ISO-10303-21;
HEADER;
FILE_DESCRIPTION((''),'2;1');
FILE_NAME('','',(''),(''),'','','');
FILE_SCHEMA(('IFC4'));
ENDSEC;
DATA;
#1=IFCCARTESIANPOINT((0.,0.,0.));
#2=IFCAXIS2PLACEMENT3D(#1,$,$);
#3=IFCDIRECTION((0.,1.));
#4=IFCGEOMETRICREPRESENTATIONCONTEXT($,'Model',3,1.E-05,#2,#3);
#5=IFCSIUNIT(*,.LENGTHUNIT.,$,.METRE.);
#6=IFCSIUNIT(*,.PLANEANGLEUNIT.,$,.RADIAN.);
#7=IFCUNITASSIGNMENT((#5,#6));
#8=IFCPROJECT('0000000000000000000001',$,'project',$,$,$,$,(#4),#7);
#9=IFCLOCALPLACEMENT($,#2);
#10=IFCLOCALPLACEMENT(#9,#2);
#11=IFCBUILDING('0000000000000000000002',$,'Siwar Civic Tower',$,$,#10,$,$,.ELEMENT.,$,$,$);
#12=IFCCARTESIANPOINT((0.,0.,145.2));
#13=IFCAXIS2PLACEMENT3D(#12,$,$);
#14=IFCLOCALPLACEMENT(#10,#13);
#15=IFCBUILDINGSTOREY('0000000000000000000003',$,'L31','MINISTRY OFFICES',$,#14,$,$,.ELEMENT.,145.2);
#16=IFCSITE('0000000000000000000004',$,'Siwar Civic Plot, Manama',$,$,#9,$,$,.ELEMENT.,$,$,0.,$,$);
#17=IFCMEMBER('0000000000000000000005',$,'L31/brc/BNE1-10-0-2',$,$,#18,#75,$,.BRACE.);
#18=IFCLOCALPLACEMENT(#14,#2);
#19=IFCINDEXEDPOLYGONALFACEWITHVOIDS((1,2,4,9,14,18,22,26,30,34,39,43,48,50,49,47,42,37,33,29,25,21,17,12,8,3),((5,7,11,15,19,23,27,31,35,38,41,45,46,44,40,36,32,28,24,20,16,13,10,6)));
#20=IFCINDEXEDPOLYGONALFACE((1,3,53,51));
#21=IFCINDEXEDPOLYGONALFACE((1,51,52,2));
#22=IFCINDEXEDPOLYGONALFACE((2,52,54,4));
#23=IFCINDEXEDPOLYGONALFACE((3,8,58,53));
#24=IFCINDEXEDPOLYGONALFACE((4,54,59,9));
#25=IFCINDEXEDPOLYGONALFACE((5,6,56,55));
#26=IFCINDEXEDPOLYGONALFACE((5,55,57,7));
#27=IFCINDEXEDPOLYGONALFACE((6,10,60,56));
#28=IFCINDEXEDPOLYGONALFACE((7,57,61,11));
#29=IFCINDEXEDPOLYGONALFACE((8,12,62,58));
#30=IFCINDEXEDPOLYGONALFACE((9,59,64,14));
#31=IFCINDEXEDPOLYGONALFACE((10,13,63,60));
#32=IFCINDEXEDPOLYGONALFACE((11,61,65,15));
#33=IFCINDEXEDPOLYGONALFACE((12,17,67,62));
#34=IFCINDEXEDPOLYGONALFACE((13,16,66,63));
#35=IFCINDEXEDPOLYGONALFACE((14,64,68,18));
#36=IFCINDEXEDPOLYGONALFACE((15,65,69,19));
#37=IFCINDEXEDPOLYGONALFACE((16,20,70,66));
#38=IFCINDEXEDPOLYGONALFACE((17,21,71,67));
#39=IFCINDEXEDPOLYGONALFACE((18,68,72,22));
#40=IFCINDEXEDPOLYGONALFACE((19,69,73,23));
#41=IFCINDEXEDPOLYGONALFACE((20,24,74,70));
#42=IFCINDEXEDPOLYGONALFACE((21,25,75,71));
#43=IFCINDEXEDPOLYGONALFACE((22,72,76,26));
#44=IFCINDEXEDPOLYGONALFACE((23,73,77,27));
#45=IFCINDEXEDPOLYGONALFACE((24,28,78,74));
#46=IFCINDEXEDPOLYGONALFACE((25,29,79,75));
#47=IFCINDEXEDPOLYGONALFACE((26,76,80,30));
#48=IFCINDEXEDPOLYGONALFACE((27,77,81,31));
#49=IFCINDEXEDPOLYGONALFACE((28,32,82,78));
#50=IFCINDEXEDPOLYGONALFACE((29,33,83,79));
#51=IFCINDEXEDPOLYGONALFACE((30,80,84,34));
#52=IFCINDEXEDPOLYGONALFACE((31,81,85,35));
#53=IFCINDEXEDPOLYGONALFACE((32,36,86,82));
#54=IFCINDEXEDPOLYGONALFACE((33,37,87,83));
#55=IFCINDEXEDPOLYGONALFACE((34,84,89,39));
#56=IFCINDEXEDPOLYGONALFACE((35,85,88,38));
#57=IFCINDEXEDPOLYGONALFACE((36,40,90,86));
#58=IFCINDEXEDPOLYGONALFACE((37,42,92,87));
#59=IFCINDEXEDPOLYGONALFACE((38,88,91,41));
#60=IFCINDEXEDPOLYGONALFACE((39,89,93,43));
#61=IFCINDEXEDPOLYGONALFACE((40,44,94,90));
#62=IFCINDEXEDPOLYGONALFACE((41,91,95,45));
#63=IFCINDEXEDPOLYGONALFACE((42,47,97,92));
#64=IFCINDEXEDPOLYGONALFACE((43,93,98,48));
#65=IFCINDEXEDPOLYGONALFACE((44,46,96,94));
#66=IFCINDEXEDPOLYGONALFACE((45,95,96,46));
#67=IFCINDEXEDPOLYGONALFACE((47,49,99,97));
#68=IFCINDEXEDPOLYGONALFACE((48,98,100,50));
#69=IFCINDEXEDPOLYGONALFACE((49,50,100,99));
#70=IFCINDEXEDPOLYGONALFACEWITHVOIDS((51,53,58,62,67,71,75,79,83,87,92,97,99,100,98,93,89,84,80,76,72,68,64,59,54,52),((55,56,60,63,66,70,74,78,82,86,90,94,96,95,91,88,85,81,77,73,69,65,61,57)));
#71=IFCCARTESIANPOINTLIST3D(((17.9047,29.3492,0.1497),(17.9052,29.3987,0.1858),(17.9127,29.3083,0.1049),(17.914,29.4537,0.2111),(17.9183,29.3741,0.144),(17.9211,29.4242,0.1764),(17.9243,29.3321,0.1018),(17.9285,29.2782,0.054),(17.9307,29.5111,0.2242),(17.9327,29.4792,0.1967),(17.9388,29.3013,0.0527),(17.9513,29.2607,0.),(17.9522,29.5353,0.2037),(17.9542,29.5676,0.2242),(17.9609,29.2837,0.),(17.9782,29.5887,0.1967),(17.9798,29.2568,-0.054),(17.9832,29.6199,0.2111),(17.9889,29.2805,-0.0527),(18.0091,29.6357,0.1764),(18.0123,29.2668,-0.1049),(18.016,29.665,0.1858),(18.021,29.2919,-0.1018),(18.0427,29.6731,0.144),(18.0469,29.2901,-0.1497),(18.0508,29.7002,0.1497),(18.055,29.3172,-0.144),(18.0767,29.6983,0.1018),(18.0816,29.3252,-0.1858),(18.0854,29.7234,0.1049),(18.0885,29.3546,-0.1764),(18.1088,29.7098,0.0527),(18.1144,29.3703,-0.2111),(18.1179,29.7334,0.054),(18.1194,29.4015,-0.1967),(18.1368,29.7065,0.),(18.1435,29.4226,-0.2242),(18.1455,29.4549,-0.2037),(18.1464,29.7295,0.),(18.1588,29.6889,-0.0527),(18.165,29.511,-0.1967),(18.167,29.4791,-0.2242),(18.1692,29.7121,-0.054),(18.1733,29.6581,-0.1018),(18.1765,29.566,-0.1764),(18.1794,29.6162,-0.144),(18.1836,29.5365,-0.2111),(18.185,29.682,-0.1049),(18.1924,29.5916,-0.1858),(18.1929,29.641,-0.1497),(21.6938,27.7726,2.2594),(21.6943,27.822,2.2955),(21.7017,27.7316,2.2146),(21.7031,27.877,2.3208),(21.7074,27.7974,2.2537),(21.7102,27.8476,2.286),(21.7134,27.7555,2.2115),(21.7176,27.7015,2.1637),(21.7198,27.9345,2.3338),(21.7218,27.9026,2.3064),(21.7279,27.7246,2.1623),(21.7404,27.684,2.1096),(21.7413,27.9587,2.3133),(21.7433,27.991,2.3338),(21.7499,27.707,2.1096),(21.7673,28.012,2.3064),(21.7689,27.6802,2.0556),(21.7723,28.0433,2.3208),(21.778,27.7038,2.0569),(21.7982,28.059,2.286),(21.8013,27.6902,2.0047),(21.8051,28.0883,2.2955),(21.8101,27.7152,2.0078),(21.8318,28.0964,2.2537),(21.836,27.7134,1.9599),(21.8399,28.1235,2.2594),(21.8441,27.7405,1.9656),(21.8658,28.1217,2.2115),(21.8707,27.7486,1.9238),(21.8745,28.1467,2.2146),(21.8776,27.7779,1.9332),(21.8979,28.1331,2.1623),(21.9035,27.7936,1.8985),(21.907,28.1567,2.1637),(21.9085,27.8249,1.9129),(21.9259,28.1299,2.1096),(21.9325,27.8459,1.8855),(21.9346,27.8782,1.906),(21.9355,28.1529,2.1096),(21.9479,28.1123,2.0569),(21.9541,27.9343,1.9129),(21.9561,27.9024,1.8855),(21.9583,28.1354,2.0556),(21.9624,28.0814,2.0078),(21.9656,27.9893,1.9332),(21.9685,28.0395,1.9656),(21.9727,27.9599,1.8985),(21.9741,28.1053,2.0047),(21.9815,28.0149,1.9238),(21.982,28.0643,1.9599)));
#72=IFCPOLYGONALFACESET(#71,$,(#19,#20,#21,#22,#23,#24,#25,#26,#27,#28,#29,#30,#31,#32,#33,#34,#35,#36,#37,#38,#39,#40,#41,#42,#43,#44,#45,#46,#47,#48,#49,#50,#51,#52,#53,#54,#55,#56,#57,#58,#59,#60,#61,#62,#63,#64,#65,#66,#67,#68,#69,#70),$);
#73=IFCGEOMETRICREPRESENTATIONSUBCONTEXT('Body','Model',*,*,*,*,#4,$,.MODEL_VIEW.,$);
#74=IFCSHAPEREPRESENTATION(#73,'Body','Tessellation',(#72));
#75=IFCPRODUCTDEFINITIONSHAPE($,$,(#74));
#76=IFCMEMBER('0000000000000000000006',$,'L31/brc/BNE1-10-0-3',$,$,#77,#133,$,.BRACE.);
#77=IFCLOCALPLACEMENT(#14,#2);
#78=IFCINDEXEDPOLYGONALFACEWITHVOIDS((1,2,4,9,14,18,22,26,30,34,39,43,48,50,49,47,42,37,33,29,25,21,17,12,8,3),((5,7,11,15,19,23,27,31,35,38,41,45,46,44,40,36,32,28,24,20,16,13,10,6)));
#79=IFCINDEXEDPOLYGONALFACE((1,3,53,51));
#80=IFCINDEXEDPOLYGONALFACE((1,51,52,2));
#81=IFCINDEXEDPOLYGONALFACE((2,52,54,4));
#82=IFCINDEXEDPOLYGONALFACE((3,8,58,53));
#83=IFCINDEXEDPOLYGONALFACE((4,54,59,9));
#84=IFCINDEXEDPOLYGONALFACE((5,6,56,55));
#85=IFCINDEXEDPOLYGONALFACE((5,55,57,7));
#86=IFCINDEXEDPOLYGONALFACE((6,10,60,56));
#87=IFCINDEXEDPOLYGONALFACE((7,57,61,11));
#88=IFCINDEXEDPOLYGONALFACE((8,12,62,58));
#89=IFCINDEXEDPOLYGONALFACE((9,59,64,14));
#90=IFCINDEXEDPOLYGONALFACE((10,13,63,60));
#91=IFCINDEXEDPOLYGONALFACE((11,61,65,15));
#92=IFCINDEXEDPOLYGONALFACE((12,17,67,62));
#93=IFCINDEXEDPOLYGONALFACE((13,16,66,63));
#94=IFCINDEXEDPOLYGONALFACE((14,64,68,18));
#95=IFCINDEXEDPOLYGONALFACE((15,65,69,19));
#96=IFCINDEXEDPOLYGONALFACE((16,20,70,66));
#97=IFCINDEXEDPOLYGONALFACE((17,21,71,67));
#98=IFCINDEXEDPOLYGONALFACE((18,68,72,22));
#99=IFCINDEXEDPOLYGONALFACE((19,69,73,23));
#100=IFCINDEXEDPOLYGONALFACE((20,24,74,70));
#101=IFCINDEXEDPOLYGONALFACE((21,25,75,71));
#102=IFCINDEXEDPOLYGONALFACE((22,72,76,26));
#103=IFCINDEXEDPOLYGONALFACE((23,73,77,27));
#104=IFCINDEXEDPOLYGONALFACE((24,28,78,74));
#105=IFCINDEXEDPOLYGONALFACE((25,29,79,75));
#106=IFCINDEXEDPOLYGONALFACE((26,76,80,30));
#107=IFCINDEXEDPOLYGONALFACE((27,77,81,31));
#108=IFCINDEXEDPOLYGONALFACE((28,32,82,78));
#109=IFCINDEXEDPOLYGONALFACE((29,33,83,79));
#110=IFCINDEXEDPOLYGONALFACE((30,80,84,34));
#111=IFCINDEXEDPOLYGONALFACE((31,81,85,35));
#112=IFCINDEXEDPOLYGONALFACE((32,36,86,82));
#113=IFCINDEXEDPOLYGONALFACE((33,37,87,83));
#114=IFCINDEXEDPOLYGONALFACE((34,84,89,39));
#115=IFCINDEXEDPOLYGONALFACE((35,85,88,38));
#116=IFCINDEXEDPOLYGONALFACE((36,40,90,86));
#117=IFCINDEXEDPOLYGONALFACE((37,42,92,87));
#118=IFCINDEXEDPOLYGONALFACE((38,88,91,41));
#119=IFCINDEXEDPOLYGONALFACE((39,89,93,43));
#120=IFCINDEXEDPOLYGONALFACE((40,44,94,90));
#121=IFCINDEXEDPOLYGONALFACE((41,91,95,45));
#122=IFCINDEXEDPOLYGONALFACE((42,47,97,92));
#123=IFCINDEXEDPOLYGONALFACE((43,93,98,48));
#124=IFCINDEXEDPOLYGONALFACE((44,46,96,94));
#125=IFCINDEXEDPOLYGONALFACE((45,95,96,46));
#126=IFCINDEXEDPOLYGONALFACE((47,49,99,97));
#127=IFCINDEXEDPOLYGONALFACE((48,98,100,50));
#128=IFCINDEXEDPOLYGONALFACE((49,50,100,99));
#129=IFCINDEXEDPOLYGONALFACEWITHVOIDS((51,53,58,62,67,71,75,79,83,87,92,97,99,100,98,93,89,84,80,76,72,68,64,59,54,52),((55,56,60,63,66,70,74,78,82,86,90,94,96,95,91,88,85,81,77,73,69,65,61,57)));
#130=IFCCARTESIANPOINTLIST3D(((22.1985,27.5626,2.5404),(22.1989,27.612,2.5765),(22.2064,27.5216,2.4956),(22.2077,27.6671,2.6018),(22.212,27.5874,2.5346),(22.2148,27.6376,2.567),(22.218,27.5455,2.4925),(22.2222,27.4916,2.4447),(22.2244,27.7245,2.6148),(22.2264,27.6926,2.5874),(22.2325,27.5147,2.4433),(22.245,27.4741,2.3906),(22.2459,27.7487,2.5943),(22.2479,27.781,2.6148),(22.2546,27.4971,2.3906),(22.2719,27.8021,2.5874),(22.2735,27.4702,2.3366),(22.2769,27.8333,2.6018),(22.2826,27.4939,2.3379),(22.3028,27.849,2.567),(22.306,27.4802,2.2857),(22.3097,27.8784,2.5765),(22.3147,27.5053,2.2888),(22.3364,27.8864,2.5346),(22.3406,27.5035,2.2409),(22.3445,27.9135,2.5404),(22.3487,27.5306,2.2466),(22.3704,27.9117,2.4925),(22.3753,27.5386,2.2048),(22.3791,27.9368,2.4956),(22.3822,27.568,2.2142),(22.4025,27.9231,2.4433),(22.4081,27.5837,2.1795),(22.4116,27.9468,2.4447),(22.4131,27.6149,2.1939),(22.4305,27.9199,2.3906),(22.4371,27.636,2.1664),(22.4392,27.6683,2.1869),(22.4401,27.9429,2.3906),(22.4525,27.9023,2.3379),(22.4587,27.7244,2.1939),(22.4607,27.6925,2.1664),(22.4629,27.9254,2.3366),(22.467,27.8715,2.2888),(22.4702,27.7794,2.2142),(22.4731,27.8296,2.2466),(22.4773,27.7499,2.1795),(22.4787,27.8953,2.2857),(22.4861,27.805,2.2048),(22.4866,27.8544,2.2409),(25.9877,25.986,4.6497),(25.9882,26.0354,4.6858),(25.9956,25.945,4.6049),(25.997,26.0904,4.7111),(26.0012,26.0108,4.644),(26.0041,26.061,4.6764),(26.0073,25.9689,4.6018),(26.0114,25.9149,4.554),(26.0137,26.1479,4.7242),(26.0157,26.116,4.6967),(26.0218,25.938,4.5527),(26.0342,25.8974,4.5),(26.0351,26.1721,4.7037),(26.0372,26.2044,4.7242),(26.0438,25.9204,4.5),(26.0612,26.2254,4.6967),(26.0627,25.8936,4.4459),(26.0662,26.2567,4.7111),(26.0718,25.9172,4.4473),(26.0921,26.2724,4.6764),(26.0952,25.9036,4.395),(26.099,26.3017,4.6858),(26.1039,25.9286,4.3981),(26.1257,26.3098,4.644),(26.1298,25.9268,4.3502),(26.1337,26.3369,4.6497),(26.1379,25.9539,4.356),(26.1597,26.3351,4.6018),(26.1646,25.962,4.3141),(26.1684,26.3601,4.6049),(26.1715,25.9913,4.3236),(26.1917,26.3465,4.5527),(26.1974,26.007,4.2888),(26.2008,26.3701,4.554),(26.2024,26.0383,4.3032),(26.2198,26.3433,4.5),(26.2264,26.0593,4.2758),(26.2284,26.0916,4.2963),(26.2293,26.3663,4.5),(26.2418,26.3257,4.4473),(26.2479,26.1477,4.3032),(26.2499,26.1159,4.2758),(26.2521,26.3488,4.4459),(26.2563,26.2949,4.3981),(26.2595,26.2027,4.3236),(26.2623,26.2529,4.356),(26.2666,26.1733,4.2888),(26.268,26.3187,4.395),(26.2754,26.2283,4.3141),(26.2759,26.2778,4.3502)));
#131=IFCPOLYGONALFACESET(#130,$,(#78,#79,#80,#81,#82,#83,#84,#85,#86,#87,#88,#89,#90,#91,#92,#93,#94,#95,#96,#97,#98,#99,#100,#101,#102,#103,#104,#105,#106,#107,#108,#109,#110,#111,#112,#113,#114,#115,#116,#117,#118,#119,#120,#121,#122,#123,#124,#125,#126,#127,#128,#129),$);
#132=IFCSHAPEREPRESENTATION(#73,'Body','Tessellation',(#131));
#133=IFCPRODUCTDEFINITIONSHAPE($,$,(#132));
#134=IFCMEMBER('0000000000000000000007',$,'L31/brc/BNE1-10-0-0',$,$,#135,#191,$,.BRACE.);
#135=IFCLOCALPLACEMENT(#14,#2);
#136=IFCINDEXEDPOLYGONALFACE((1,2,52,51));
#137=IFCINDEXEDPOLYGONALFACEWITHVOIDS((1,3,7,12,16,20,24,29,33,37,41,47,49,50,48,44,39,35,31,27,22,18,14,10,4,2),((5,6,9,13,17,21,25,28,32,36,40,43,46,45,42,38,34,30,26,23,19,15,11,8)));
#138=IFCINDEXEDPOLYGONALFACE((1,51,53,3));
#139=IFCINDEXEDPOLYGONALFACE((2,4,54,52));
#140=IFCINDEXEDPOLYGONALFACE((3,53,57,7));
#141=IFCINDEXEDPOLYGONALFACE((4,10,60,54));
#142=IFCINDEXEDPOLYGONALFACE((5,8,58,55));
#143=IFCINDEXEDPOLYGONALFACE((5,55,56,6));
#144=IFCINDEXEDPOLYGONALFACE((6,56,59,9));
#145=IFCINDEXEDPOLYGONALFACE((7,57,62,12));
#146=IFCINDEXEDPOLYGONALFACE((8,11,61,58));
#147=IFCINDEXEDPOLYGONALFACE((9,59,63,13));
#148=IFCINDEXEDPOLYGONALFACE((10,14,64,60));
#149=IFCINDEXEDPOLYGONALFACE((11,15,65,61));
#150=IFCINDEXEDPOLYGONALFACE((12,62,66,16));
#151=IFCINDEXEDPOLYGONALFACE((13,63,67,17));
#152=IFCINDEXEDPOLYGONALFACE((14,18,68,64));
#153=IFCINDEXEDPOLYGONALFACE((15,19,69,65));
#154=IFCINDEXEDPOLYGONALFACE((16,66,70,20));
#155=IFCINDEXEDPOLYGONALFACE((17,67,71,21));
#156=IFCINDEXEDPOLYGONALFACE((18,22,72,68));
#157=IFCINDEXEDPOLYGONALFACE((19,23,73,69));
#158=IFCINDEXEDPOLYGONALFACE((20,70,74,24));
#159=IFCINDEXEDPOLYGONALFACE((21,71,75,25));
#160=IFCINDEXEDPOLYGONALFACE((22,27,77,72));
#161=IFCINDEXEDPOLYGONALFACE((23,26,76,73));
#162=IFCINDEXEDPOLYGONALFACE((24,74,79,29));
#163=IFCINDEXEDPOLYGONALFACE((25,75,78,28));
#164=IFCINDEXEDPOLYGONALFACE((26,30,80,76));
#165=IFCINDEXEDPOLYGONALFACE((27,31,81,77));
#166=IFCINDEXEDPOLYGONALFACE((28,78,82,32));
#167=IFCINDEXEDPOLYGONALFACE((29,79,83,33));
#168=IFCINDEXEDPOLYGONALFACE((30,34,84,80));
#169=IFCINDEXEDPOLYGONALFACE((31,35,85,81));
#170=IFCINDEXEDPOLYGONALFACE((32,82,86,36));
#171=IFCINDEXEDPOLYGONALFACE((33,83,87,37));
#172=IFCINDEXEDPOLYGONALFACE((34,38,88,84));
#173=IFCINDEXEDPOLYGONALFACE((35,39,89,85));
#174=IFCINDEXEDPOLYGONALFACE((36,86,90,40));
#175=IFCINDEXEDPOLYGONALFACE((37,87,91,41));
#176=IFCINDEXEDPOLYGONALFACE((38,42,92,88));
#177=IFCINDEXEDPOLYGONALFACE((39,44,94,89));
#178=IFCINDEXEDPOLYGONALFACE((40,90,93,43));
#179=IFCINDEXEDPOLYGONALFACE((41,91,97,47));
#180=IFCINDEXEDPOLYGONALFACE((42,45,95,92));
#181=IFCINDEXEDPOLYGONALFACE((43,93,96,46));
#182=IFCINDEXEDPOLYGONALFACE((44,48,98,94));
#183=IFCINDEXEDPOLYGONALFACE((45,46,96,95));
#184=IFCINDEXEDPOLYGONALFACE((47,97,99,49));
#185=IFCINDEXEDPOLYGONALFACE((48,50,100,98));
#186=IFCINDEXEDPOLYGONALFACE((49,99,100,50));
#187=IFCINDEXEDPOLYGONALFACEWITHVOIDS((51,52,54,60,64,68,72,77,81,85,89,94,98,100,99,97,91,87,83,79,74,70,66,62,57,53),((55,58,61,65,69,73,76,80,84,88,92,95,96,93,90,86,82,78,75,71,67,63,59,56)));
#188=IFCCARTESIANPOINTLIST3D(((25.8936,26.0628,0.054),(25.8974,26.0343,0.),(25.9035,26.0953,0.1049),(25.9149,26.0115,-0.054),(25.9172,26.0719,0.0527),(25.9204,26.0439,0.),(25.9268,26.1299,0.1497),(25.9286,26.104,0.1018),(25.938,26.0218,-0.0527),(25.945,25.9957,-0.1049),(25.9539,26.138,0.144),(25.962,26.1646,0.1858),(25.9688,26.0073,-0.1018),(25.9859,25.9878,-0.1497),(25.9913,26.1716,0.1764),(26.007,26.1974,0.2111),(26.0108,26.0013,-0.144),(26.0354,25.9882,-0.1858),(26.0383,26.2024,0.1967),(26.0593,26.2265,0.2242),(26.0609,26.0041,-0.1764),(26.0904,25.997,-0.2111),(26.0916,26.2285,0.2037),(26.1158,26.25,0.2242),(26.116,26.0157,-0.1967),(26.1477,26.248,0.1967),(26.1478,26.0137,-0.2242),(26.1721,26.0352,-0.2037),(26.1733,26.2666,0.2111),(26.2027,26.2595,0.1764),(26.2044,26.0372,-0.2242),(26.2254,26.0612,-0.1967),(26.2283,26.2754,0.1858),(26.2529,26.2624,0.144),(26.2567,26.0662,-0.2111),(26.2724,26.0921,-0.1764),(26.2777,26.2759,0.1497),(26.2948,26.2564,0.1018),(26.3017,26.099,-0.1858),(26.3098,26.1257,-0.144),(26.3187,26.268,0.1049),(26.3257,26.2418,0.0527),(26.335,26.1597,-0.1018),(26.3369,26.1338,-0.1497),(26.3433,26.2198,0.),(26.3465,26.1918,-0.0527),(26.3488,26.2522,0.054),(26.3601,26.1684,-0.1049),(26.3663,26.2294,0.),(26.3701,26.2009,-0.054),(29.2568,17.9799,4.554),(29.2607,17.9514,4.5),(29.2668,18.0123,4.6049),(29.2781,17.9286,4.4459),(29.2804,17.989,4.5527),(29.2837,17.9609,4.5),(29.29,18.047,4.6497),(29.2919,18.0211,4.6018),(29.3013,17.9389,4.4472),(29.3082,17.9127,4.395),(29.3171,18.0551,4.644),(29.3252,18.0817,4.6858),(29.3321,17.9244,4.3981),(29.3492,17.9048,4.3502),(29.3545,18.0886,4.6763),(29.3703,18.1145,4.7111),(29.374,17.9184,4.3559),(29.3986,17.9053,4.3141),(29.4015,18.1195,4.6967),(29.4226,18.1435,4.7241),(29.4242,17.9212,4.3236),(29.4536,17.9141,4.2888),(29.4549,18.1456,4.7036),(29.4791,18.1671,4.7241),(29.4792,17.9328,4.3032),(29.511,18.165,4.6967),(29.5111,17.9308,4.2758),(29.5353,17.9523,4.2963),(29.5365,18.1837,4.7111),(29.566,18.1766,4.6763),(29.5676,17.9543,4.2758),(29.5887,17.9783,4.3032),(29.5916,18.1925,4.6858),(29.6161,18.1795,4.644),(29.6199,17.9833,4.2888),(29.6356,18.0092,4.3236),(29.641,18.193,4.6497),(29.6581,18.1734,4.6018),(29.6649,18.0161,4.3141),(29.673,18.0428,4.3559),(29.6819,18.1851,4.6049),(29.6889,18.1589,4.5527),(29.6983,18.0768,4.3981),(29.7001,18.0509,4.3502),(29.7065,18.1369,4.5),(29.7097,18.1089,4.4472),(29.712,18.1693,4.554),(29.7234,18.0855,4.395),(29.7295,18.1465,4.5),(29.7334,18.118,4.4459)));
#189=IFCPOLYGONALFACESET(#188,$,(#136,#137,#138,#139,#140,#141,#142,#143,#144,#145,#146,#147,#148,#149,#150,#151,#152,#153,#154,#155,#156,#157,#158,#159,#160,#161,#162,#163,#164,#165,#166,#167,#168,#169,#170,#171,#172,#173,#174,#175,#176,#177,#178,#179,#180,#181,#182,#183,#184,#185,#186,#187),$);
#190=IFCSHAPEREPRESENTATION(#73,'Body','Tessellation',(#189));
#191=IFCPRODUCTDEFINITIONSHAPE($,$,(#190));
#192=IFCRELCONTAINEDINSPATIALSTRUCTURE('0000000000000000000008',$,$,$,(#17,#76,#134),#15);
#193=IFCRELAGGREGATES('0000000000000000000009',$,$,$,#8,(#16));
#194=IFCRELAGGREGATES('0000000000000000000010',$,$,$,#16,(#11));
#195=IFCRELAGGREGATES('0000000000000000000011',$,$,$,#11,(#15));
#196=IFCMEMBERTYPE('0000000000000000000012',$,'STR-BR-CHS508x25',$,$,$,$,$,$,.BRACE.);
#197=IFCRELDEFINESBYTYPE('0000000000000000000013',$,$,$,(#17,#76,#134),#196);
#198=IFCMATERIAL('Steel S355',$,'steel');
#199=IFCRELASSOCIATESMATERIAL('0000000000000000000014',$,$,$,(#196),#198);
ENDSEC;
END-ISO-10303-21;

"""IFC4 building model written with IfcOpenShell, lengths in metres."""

from ifc_helpers import new_model, si_unit, direction, frame, origin, origin_2d, place, context, subcontext, project, spatial, hollow_circle, extrude, material, material_profile, profile_set, type_object, element, save


model = new_model("IFC4")

# Units and contexts
model_context = context("Model", 3, precision=1e-05, world=origin(), true_north=direction((0.0, 1.0)))
body_context = subcontext(model_context, "Body", "Model", "MODEL_VIEW")
ifc_project = project(units=[si_unit("LENGTHUNIT", "METRE"), si_unit("PLANEANGLEUNIT", "RADIAN")], contexts=[model_context])

# Site, building, storey
site_placement = place(None, origin())
site = spatial("IfcSite", under=ifc_project, at=site_placement, Name="Siwar Civic Plot, Manama", CompositionType="ELEMENT", RefElevation=0.0)
building_placement = place(site_placement, origin())
building = spatial("IfcBuilding", under=site, at=building_placement, Name="Siwar Civic Tower", CompositionType="ELEMENT")
storey_placement = place(building_placement, frame((0.0, 0.0, 145.2)))
storey = spatial("IfcBuildingStorey", under=building, at=storey_placement, Name="L31", Description="MINISTRY OFFICES", CompositionType="ELEMENT", Elevation=145.2)

# Members
ifc_material_1 = material(Name="Steel S355", Category="steel")
ifc_material_profile_1 = material_profile(ifc_material_1, hollow_circle(Radius=0.2539, WallThickness=0.0249, at=origin_2d()), Name="CHS508x25")
ifc_profile_set_1 = profile_set([ifc_material_profile_1], Name="Steel S355")
member_type_1 = type_object("IfcMemberType", Name="STR-BR-CHS508x25", PredefinedType="BRACE", material=ifc_profile_set_1)
for number, where, z_axis, x_axis, name in (
    (1, (18.0488, 29.4951, 0.0), (0.821126, -0.341677, 0.457175), (0.384176, 0.92326, 0.0), "L31/brc/BNE1-10-0-2"),
    (2, (22.3425, 27.7085, 2.3906), (0.821163, -0.341671, 0.457113), (0.384155, 0.923269, 0.0), "L31/brc/BNE1-10-0-3"),
):
    element("IfcMember", number, at=place(storey_placement, frame(where, z_axis=z_axis, x_axis=x_axis)), inside=storey, type_object=member_type_1, Name=name, PredefinedType="BRACE", context=body_context, shape_type="SweptSolid", body=[
        extrude(hollow_circle(Radius=0.2539, WallThickness=0.0249, at=origin_2d()), origin(), (0.0, 0.0, 1.0), 4.6145),
    ])
member_1_placement = place(storey_placement, frame((26.1318, 26.1318, 0.0), z_axis=(0.341671, -0.821143, 0.457149), x_axis=(0.923265, 0.384164, 0.0)))
element("IfcMember", 3, at=member_1_placement, inside=storey, type_object=member_type_1, Name="L31/brc/BNE1-10-0-0", PredefinedType="BRACE", context=body_context, shape_type="SweptSolid", body=[
    extrude(hollow_circle(Radius=0.2539, WallThickness=0.0249, at=origin_2d()), origin(), (0.0, 0.0, 1.0), 9.8435),
])

save(model, "model.ifc")
